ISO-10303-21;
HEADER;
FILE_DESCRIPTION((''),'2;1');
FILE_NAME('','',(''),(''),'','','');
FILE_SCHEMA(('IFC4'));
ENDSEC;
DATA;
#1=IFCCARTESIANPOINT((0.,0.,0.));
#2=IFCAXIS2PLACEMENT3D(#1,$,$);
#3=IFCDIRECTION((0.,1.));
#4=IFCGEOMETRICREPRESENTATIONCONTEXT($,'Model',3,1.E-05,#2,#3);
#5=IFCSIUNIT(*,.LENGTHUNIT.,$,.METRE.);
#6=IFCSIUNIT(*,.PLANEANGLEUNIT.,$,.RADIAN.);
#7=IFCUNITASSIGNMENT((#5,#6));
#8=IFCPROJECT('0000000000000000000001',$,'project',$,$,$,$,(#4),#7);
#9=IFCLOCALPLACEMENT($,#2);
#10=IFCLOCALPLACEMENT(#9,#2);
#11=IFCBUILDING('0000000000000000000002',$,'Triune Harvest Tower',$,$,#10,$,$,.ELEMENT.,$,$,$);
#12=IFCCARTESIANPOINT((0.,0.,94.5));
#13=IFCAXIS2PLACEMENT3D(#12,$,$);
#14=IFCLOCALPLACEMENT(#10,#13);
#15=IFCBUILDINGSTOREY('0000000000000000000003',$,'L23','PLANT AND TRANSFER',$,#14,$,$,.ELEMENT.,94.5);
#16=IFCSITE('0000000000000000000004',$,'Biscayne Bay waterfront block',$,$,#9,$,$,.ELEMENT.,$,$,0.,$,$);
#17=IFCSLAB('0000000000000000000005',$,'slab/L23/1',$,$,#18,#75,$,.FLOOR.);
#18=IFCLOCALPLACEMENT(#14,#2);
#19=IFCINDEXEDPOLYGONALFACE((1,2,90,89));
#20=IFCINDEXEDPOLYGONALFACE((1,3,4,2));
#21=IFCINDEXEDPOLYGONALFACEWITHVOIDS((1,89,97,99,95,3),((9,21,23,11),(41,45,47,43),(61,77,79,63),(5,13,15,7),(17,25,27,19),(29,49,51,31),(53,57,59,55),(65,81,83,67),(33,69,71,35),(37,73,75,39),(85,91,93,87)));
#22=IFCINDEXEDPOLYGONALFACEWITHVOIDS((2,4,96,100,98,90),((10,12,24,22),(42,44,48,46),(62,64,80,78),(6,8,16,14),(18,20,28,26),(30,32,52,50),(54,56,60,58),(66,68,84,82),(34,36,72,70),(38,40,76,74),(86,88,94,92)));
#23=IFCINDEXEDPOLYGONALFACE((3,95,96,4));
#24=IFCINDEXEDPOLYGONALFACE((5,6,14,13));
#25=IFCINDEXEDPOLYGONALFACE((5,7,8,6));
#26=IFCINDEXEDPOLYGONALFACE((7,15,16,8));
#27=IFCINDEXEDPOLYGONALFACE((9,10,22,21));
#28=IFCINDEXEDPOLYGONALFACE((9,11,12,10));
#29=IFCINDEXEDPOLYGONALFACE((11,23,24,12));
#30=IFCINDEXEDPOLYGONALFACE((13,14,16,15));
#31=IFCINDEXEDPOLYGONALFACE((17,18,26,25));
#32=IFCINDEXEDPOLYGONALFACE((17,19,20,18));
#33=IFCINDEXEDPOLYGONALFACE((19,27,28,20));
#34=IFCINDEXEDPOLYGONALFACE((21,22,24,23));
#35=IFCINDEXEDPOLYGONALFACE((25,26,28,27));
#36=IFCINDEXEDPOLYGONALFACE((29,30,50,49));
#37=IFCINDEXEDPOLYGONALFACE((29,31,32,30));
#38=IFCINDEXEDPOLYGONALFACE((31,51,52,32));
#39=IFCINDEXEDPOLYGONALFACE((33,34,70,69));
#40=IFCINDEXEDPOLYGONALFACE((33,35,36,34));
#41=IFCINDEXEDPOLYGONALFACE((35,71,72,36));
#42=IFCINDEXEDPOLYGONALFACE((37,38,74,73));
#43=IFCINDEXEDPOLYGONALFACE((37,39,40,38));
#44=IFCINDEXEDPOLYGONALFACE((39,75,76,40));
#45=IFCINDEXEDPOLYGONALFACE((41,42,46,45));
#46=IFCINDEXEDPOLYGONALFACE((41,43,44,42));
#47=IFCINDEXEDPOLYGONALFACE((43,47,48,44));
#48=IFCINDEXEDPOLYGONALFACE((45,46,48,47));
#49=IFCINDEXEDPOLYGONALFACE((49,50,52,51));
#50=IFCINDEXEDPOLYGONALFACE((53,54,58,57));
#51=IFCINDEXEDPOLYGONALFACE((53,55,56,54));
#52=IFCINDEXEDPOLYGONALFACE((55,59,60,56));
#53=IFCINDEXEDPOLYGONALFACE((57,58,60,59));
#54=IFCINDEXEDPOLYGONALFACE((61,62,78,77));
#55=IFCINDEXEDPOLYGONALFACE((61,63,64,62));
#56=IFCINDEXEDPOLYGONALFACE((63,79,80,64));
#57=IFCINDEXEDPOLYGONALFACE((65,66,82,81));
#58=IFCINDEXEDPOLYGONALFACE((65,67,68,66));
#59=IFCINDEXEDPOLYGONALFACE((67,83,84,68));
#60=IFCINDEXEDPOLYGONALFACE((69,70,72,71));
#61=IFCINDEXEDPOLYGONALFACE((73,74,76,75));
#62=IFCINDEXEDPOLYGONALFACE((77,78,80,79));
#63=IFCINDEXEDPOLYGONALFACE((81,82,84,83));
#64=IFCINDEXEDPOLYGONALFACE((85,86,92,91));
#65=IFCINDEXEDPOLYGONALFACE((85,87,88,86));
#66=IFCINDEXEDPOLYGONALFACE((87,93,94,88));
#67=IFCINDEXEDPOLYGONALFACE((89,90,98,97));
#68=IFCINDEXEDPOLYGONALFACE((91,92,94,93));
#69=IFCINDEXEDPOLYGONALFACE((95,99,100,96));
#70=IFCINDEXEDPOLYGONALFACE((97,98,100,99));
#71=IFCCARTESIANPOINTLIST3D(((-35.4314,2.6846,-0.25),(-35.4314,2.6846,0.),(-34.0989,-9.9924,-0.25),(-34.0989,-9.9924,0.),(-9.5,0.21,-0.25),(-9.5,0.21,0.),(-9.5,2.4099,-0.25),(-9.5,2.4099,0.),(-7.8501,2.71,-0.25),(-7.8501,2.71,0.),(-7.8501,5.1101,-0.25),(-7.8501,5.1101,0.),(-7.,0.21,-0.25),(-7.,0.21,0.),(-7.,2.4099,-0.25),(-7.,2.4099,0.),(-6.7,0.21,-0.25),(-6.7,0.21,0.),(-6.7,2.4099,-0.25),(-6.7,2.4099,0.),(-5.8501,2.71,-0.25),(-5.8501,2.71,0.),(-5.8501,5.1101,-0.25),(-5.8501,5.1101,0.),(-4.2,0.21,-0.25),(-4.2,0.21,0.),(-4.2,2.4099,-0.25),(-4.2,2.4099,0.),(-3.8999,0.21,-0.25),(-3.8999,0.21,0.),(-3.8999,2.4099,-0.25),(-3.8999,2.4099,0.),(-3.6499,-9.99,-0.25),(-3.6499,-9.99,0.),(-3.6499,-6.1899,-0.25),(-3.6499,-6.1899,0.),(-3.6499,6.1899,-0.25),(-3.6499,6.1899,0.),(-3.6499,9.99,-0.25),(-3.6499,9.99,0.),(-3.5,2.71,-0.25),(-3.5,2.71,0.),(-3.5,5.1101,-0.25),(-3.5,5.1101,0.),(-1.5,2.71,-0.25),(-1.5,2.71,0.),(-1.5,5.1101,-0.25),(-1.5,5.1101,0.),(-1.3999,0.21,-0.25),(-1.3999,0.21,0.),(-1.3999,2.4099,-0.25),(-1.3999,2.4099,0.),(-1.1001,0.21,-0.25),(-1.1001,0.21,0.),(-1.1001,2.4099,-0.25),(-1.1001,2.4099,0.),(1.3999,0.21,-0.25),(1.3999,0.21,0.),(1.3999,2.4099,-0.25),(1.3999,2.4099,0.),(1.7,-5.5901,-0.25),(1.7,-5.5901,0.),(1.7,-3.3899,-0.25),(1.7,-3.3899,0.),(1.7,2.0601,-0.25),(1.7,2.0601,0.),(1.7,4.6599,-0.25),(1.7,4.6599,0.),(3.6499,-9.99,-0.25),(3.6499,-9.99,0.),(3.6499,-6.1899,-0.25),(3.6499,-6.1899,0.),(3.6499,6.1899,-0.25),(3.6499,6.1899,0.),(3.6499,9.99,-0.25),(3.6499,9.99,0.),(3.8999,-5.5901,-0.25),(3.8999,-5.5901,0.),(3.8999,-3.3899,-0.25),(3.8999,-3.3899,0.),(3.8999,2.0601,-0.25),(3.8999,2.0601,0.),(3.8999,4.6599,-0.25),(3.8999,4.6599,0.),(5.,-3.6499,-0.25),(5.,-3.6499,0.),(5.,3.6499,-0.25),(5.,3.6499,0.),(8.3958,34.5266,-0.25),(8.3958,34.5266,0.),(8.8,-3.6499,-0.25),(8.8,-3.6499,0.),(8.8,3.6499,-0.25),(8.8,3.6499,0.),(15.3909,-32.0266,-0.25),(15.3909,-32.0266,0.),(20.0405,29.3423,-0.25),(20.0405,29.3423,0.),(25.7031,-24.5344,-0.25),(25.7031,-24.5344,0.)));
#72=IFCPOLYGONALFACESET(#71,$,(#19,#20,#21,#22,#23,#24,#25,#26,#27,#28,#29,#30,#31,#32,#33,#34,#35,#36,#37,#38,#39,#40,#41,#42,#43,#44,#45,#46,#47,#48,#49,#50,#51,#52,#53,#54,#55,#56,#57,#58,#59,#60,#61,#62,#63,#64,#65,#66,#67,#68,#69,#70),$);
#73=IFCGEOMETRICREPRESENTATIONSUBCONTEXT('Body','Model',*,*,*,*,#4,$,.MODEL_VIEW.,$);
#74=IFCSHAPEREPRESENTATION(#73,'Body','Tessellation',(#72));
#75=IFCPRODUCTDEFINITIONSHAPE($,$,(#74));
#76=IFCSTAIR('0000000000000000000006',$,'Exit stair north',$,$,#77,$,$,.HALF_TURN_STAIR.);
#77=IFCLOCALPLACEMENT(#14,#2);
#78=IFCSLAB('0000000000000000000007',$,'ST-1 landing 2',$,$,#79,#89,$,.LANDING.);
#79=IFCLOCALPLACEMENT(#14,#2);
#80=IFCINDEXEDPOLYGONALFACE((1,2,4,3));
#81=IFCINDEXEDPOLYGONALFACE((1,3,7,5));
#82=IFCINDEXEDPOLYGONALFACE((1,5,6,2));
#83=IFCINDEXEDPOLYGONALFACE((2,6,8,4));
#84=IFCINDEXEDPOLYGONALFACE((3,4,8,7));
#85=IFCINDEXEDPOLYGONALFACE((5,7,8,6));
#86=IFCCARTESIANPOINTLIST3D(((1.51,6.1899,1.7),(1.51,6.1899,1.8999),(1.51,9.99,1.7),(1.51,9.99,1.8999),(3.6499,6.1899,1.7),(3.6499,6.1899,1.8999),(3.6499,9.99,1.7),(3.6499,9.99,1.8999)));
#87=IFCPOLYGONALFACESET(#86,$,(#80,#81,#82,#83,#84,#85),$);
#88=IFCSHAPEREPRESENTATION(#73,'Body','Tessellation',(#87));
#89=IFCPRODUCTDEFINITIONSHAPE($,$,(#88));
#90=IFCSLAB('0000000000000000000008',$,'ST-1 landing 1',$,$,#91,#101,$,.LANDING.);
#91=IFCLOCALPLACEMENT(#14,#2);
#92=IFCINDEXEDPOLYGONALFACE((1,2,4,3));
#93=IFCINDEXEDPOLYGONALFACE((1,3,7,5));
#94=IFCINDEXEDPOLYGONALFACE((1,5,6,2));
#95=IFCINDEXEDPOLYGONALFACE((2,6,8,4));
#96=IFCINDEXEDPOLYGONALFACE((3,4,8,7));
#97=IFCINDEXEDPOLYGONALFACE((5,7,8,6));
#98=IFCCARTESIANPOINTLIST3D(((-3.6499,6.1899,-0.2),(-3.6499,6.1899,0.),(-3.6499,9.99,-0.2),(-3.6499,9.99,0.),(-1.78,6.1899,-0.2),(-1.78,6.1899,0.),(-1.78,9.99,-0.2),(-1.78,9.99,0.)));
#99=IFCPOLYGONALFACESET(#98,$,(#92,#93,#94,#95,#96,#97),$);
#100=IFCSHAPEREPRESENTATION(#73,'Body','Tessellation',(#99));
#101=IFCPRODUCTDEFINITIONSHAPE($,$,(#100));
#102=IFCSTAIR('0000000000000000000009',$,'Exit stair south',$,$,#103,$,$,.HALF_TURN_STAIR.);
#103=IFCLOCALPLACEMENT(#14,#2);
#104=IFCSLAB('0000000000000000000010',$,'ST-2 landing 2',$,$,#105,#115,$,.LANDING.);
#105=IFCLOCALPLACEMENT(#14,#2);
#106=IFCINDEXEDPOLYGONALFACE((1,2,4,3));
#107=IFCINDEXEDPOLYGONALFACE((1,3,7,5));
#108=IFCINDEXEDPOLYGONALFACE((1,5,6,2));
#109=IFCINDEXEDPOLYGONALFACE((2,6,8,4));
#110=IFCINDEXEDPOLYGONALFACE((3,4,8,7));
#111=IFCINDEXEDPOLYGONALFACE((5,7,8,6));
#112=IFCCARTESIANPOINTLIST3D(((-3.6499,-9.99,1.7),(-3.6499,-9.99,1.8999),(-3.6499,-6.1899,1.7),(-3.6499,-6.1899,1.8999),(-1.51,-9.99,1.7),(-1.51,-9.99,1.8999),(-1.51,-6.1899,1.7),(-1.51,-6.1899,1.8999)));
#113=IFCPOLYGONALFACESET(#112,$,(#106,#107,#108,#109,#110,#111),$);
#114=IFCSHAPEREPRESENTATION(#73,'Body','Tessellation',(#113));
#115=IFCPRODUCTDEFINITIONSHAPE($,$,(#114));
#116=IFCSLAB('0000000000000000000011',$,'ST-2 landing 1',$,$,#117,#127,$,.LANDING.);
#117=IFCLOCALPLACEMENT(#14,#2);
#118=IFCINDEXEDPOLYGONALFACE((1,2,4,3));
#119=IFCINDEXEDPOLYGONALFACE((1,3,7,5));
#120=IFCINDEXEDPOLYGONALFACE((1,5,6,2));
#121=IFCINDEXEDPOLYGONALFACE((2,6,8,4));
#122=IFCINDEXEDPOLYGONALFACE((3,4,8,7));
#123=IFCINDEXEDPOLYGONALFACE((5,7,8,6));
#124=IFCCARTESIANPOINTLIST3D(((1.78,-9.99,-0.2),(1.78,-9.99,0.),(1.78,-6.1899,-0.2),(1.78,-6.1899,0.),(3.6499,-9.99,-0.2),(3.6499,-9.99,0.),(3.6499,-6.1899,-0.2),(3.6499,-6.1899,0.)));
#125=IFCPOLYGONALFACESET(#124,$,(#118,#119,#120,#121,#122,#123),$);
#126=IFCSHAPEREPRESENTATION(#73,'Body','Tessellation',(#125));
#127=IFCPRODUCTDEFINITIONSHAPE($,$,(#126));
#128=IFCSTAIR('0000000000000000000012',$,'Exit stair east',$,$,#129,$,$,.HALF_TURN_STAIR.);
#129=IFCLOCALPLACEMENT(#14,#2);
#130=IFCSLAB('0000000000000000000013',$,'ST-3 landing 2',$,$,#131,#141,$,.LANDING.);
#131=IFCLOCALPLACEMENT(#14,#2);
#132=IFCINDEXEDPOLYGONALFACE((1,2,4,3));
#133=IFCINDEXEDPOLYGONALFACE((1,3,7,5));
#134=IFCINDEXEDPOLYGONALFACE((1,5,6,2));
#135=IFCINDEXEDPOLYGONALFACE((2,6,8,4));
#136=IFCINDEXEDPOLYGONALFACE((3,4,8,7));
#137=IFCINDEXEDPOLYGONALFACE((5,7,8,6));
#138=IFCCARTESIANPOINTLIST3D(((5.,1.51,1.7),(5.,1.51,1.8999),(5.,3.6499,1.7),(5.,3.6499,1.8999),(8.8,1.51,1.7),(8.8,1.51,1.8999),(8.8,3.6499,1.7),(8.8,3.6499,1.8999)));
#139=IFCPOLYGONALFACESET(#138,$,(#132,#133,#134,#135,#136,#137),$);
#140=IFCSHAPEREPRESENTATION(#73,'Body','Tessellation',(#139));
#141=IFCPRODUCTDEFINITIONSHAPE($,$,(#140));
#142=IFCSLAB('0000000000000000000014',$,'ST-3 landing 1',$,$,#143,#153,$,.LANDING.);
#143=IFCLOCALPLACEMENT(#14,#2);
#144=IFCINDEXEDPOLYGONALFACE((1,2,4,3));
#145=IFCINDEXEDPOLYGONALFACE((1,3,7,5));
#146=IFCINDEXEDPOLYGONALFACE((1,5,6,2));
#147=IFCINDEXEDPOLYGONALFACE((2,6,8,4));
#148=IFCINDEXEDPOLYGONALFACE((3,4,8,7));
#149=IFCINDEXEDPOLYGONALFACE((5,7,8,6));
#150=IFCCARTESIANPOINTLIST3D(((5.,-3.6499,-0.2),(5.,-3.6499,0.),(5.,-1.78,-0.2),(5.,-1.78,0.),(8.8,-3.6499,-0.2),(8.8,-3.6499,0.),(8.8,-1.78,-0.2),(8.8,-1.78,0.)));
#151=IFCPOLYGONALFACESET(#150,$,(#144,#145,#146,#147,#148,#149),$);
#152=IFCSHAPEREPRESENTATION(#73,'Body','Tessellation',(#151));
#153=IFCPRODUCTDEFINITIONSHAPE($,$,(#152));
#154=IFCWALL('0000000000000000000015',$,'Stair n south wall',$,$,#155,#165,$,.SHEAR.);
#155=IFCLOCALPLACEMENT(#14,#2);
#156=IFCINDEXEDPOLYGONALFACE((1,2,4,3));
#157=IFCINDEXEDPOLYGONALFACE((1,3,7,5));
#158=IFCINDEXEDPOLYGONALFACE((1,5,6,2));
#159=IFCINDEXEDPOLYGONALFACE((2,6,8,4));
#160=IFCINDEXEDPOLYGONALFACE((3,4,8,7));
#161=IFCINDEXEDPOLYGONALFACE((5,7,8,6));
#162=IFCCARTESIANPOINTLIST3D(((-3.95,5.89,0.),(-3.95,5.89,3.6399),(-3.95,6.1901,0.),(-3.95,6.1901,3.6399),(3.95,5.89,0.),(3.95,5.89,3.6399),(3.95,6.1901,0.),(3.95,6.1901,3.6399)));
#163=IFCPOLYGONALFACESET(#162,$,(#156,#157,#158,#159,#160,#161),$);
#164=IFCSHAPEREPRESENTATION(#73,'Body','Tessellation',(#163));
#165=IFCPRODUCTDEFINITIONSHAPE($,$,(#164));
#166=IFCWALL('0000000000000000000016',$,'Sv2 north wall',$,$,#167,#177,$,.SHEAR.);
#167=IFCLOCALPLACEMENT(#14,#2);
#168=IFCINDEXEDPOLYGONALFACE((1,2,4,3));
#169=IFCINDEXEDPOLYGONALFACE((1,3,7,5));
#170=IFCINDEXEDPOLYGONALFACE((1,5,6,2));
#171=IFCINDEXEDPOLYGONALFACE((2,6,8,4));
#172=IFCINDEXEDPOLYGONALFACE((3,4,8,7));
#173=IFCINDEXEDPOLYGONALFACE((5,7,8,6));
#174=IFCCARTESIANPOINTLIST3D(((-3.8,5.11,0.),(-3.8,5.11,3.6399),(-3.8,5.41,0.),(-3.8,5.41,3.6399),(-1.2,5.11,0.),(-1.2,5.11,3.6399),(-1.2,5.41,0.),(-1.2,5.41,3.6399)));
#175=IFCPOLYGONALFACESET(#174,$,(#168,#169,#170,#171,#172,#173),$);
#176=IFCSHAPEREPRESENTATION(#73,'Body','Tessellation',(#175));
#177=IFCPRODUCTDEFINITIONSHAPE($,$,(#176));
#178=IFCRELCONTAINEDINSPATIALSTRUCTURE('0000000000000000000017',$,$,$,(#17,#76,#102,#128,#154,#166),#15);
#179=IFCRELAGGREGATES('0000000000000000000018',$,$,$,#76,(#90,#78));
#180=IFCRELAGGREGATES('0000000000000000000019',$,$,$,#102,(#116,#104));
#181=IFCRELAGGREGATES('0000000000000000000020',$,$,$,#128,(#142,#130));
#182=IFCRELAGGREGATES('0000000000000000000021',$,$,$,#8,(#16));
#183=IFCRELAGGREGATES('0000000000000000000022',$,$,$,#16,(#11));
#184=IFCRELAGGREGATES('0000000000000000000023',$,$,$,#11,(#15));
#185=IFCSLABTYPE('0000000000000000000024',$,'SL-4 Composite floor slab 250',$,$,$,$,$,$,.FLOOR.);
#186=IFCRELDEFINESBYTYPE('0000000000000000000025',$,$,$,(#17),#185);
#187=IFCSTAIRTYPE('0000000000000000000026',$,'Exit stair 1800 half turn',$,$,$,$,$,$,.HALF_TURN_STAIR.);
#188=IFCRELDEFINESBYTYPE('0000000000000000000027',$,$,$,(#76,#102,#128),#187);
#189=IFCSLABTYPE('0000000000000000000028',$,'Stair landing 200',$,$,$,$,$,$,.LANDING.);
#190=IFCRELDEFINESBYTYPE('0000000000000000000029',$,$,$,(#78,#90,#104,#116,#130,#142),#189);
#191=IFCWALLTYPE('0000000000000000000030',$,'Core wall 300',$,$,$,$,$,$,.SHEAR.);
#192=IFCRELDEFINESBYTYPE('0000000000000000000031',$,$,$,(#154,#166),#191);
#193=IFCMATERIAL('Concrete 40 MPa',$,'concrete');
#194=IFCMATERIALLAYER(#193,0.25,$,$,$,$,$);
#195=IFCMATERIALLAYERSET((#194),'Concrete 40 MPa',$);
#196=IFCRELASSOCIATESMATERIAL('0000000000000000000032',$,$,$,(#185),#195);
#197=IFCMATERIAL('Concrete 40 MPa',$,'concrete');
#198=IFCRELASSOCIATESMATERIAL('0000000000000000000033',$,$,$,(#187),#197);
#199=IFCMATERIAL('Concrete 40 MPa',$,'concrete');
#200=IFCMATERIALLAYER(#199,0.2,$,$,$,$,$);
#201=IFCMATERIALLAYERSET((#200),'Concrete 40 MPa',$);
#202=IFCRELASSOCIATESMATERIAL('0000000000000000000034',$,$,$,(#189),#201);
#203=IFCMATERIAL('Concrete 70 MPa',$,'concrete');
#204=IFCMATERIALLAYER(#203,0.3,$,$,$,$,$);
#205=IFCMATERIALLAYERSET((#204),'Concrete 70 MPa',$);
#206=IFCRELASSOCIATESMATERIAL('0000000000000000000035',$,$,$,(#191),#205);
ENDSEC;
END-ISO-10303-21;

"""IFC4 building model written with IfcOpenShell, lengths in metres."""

from ifc_helpers import new_model, si_unit, direction, frame, frame_2d, origin, place, context, subcontext, project, spatial, polyline, rectangle, outline, extrude, source, transform, mapped, material, layer, layer_set, type_object, element, aggregate, save


model = new_model("IFC4")

# Units and contexts
model_context = context("Model", 3, precision=1e-05, world=origin(), true_north=direction((0.0, 1.0)))
body_context = subcontext(model_context, "Body", "Model", "MODEL_VIEW")
ifc_project = project(units=[si_unit("LENGTHUNIT", "METRE"), si_unit("PLANEANGLEUNIT", "RADIAN")], contexts=[model_context])

# Site, building, storey
site_placement = place(None, origin())
site = spatial("IfcSite", under=ifc_project, at=site_placement, Name="Biscayne Bay waterfront block", CompositionType="ELEMENT", RefElevation=0.0)
building_placement = place(site_placement, origin())
building = spatial("IfcBuilding", under=site, at=building_placement, Name="Triune Harvest Tower", CompositionType="ELEMENT")
storey_placement = place(building_placement, frame((0.0, 0.0, 94.5)))
storey = spatial("IfcBuildingStorey", under=building, at=storey_placement, Name="L23", Description="PLANT AND TRANSFER", CompositionType="ELEMENT", Elevation=94.5)

# Slab
ifc_material_1 = material(Name="Concrete 40 MPa", Category="concrete")
ifc_layer_1 = layer(ifc_material_1, 0.25)
ifc_layer_set_1 = layer_set([ifc_layer_1], Name="Concrete 40 MPa")
slab_type_1 = type_object("IfcSlabType", Name="SL-4 Composite floor slab 250", PredefinedType="FLOOR", material=ifc_layer_set_1)
slab_1_placement = place(storey_placement, frame((0.0, 0.0, -0.25)))
element("IfcSlab", 1, at=slab_1_placement, inside=storey, type_object=slab_type_1, Name="slab/L23/1", PredefinedType="FLOOR", context=body_context, shape_type="SweptSolid", body=[
    extrude(outline(polyline([(25.7031, -24.5344), (20.0405, 29.3423), (8.3958, 34.5266), (-35.4314, 2.6846), (-34.0989, -9.9924), (15.3909, -32.0266), (25.7031, -24.5344)]), holes=[polyline([(-7.0, 0.21), (-7.0, 2.4099), (-9.5, 2.4099), (-9.5, 0.21), (-7.0, 0.21)]), polyline([(-4.2, 0.21), (-4.2, 2.4099), (-6.7, 2.4099), (-6.7, 0.21), (-4.2, 0.21)]), polyline([(-1.3999, 0.21), (-1.3999, 2.4099), (-3.8999, 2.4099), (-3.8999, 0.21), (-1.3999, 0.21)]), polyline([(1.3999, 0.21), (1.3999, 2.4099), (-1.1001, 2.4099), (-1.1001, 0.21), (1.3999, 0.21)]), polyline([(3.8999, 2.0601), (3.8999, 4.6599), (1.7, 4.6599), (1.7, 2.0601), (3.8999, 2.0601)]), polyline([(3.8999, -5.5901), (3.8999, -3.3899), (1.7, -3.3899), (1.7, -5.5901), (3.8999, -5.5901)]), polyline([(-5.8501, 2.71), (-5.8501, 5.1101), (-7.8501, 5.1101), (-7.8501, 2.71), (-5.8501, 2.71)]), polyline([(-1.5, 2.71), (-1.5, 5.1101), (-3.5, 5.1101), (-3.5, 2.71), (-1.5, 2.71)]), polyline([(3.6499, 6.1899), (3.6499, 9.99), (-3.6499, 9.99), (-3.6499, 6.1899), (3.6499, 6.1899)]), polyline([(3.6499, -9.99), (3.6499, -6.1899), (-3.6499, -6.1899), (-3.6499, -9.99), (3.6499, -9.99)]), polyline([(8.8, -3.6499), (8.8, 3.6499), (5.0, 3.6499), (5.0, -3.6499), (8.8, -3.6499)])]), origin(), (0.0, 0.0, 1.0), 0.25),
])

# Stairs, slabs
ifc_material_2 = material(Name="Concrete 40 MPa", Category="concrete")
stair_type = type_object("IfcStairType", Name="Exit stair 1800 half turn", PredefinedType="HALF_TURN_STAIR", material=ifc_material_2)
stair_1_placement = place(storey_placement, origin())
stair_1 = element("IfcStair", 2, at=stair_1_placement, inside=storey, type_object=stair_type, Name="Exit stair north", PredefinedType="HALF_TURN_STAIR")
ifc_material_3 = material(Name="Concrete 40 MPa", Category="concrete")
ifc_layer_2 = layer(ifc_material_3, 0.2)
ifc_layer_set_2 = layer_set([ifc_layer_2], Name="Concrete 40 MPa")
slab_type_2 = type_object("IfcSlabType", Name="Stair landing 200", PredefinedType="LANDING", material=ifc_layer_set_2)
shared_shape_1 = source(origin(), body_context, "Body", "SweptSolid", [
    extrude(outline(polyline([(1.51, 6.1899), (3.6499, 6.1899), (3.6499, 9.99), (1.51, 9.99), (1.51, 6.1899)])), origin(), (0.0, 0.0, 1.0), 0.2),
])
slab_2_placement = place(storey_placement, frame((0.0, 0.0, 1.7)))
slab_2 = element("IfcSlab", 3, at=slab_2_placement, type_object=slab_type_2, Name="ST-1 landing 2", PredefinedType="LANDING", context=body_context, shape_type="MappedRepresentation", body=[
    mapped(shared_shape_1, transform((0.0, 0.0, 0.0), scale=1.0)),
])
shared_shape_2 = source(origin(), body_context, "Body", "SweptSolid", [
    extrude(outline(polyline([(-3.6499, 6.1899), (-1.78, 6.1899), (-1.78, 9.99), (-3.6499, 9.99), (-3.6499, 6.1899)])), origin(), (0.0, 0.0, 1.0), 0.2),
])
slab_3_placement = place(storey_placement, frame((0.0, 0.0, -0.2)))
slab_3 = element("IfcSlab", 4, at=slab_3_placement, type_object=slab_type_2, Name="ST-1 landing 1", PredefinedType="LANDING", context=body_context, shape_type="MappedRepresentation", body=[
    mapped(shared_shape_2, transform((0.0, 0.0, 0.0), scale=1.0)),
])
aggregate(stair_1, [slab_3, slab_2])
stair_2_placement = place(storey_placement, origin())
stair_2 = element("IfcStair", 5, at=stair_2_placement, inside=storey, type_object=stair_type, Name="Exit stair south", PredefinedType="HALF_TURN_STAIR")
shared_shape_3 = source(origin(), body_context, "Body", "SweptSolid", [
    extrude(outline(polyline([(-1.51, -6.1899), (-3.6499, -6.1899), (-3.6499, -9.99), (-1.51, -9.99), (-1.51, -6.1899)])), origin(), (0.0, 0.0, 1.0), 0.2),
])
slab_4_placement = place(storey_placement, frame((0.0, 0.0, 1.7)))
slab_4 = element("IfcSlab", 6, at=slab_4_placement, type_object=slab_type_2, Name="ST-2 landing 2", PredefinedType="LANDING", context=body_context, shape_type="MappedRepresentation", body=[
    mapped(shared_shape_3, transform((0.0, 0.0, 0.0), scale=1.0)),
])
shared_shape_4 = source(origin(), body_context, "Body", "SweptSolid", [
    extrude(outline(polyline([(3.6499, -6.1899), (1.78, -6.1899), (1.78, -9.99), (3.6499, -9.99), (3.6499, -6.1899)])), origin(), (0.0, 0.0, 1.0), 0.2),
])
slab_5_placement = place(storey_placement, frame((0.0, 0.0, -0.2)))
slab_5 = element("IfcSlab", 7, at=slab_5_placement, type_object=slab_type_2, Name="ST-2 landing 1", PredefinedType="LANDING", context=body_context, shape_type="MappedRepresentation", body=[
    mapped(shared_shape_4, transform((0.0, 0.0, 0.0), scale=1.0)),
])
aggregate(stair_2, [slab_5, slab_4])
stair_3_placement = place(storey_placement, origin())
stair_3 = element("IfcStair", 8, at=stair_3_placement, inside=storey, type_object=stair_type, Name="Exit stair east", PredefinedType="HALF_TURN_STAIR")
shared_shape_5 = source(origin(), body_context, "Body", "SweptSolid", [
    extrude(outline(polyline([(8.8, 1.51), (8.8, 3.6499), (5.0, 3.6499), (5.0, 1.51), (8.8, 1.51)])), origin(), (0.0, 0.0, 1.0), 0.2),
])
slab_6_placement = place(storey_placement, frame((0.0, 0.0, 1.7)))
slab_6 = element("IfcSlab", 9, at=slab_6_placement, type_object=slab_type_2, Name="ST-3 landing 2", PredefinedType="LANDING", context=body_context, shape_type="MappedRepresentation", body=[
    mapped(shared_shape_5, transform((0.0, 0.0, 0.0), scale=1.0)),
])
shared_shape_6 = source(origin(), body_context, "Body", "SweptSolid", [
    extrude(outline(polyline([(8.8, -3.6499), (8.8, -1.78), (5.0, -1.78), (5.0, -3.6499), (8.8, -3.6499)])), origin(), (0.0, 0.0, 1.0), 0.2),
])
slab_7_placement = place(storey_placement, frame((0.0, 0.0, -0.2)))
slab_7 = element("IfcSlab", 10, at=slab_7_placement, type_object=slab_type_2, Name="ST-3 landing 1", PredefinedType="LANDING", context=body_context, shape_type="MappedRepresentation", body=[
    mapped(shared_shape_6, transform((0.0, 0.0, 0.0), scale=1.0)),
])
aggregate(stair_3, [slab_7, slab_6])

# Walls
ifc_material_4 = material(Name="Concrete 70 MPa", Category="concrete")
ifc_layer_3 = layer(ifc_material_4, 0.3)
ifc_layer_set_3 = layer_set([ifc_layer_3], Name="Concrete 70 MPa")
wall_type = type_object("IfcWallType", Name="Core wall 300", PredefinedType="SHEAR", material=ifc_layer_set_3)
wall_1_placement = place(storey_placement, frame((-3.95, 6.04, 0.0), z_axis=(0.0, 0.0, 1.0), x_axis=(1.0, 0.0, 0.0)))
element("IfcWall", 11, at=wall_1_placement, inside=storey, type_object=wall_type, Name="Stair n south wall", PredefinedType="SHEAR", context=body_context, shape_type="SweptSolid", body=[
    extrude(rectangle(XDim=7.8999, YDim=0.3, at=frame_2d((3.95, 0.0))), origin(), (0.0, 0.0, 1.0), 3.6399),
])
wall_2_placement = place(storey_placement, frame((-3.8, 5.26, 0.0), z_axis=(0.0, 0.0, 1.0), x_axis=(1.0, 0.0, 0.0)))
element("IfcWall", 12, at=wall_2_placement, inside=storey, type_object=wall_type, Name="Sv2 north wall", PredefinedType="SHEAR", context=body_context, shape_type="SweptSolid", body=[
    extrude(rectangle(XDim=2.6001, YDim=0.3, at=frame_2d((1.3, 0.0))), origin(), (0.0, 0.0, 1.0), 3.6399),
])

save(model, "model.ifc")
